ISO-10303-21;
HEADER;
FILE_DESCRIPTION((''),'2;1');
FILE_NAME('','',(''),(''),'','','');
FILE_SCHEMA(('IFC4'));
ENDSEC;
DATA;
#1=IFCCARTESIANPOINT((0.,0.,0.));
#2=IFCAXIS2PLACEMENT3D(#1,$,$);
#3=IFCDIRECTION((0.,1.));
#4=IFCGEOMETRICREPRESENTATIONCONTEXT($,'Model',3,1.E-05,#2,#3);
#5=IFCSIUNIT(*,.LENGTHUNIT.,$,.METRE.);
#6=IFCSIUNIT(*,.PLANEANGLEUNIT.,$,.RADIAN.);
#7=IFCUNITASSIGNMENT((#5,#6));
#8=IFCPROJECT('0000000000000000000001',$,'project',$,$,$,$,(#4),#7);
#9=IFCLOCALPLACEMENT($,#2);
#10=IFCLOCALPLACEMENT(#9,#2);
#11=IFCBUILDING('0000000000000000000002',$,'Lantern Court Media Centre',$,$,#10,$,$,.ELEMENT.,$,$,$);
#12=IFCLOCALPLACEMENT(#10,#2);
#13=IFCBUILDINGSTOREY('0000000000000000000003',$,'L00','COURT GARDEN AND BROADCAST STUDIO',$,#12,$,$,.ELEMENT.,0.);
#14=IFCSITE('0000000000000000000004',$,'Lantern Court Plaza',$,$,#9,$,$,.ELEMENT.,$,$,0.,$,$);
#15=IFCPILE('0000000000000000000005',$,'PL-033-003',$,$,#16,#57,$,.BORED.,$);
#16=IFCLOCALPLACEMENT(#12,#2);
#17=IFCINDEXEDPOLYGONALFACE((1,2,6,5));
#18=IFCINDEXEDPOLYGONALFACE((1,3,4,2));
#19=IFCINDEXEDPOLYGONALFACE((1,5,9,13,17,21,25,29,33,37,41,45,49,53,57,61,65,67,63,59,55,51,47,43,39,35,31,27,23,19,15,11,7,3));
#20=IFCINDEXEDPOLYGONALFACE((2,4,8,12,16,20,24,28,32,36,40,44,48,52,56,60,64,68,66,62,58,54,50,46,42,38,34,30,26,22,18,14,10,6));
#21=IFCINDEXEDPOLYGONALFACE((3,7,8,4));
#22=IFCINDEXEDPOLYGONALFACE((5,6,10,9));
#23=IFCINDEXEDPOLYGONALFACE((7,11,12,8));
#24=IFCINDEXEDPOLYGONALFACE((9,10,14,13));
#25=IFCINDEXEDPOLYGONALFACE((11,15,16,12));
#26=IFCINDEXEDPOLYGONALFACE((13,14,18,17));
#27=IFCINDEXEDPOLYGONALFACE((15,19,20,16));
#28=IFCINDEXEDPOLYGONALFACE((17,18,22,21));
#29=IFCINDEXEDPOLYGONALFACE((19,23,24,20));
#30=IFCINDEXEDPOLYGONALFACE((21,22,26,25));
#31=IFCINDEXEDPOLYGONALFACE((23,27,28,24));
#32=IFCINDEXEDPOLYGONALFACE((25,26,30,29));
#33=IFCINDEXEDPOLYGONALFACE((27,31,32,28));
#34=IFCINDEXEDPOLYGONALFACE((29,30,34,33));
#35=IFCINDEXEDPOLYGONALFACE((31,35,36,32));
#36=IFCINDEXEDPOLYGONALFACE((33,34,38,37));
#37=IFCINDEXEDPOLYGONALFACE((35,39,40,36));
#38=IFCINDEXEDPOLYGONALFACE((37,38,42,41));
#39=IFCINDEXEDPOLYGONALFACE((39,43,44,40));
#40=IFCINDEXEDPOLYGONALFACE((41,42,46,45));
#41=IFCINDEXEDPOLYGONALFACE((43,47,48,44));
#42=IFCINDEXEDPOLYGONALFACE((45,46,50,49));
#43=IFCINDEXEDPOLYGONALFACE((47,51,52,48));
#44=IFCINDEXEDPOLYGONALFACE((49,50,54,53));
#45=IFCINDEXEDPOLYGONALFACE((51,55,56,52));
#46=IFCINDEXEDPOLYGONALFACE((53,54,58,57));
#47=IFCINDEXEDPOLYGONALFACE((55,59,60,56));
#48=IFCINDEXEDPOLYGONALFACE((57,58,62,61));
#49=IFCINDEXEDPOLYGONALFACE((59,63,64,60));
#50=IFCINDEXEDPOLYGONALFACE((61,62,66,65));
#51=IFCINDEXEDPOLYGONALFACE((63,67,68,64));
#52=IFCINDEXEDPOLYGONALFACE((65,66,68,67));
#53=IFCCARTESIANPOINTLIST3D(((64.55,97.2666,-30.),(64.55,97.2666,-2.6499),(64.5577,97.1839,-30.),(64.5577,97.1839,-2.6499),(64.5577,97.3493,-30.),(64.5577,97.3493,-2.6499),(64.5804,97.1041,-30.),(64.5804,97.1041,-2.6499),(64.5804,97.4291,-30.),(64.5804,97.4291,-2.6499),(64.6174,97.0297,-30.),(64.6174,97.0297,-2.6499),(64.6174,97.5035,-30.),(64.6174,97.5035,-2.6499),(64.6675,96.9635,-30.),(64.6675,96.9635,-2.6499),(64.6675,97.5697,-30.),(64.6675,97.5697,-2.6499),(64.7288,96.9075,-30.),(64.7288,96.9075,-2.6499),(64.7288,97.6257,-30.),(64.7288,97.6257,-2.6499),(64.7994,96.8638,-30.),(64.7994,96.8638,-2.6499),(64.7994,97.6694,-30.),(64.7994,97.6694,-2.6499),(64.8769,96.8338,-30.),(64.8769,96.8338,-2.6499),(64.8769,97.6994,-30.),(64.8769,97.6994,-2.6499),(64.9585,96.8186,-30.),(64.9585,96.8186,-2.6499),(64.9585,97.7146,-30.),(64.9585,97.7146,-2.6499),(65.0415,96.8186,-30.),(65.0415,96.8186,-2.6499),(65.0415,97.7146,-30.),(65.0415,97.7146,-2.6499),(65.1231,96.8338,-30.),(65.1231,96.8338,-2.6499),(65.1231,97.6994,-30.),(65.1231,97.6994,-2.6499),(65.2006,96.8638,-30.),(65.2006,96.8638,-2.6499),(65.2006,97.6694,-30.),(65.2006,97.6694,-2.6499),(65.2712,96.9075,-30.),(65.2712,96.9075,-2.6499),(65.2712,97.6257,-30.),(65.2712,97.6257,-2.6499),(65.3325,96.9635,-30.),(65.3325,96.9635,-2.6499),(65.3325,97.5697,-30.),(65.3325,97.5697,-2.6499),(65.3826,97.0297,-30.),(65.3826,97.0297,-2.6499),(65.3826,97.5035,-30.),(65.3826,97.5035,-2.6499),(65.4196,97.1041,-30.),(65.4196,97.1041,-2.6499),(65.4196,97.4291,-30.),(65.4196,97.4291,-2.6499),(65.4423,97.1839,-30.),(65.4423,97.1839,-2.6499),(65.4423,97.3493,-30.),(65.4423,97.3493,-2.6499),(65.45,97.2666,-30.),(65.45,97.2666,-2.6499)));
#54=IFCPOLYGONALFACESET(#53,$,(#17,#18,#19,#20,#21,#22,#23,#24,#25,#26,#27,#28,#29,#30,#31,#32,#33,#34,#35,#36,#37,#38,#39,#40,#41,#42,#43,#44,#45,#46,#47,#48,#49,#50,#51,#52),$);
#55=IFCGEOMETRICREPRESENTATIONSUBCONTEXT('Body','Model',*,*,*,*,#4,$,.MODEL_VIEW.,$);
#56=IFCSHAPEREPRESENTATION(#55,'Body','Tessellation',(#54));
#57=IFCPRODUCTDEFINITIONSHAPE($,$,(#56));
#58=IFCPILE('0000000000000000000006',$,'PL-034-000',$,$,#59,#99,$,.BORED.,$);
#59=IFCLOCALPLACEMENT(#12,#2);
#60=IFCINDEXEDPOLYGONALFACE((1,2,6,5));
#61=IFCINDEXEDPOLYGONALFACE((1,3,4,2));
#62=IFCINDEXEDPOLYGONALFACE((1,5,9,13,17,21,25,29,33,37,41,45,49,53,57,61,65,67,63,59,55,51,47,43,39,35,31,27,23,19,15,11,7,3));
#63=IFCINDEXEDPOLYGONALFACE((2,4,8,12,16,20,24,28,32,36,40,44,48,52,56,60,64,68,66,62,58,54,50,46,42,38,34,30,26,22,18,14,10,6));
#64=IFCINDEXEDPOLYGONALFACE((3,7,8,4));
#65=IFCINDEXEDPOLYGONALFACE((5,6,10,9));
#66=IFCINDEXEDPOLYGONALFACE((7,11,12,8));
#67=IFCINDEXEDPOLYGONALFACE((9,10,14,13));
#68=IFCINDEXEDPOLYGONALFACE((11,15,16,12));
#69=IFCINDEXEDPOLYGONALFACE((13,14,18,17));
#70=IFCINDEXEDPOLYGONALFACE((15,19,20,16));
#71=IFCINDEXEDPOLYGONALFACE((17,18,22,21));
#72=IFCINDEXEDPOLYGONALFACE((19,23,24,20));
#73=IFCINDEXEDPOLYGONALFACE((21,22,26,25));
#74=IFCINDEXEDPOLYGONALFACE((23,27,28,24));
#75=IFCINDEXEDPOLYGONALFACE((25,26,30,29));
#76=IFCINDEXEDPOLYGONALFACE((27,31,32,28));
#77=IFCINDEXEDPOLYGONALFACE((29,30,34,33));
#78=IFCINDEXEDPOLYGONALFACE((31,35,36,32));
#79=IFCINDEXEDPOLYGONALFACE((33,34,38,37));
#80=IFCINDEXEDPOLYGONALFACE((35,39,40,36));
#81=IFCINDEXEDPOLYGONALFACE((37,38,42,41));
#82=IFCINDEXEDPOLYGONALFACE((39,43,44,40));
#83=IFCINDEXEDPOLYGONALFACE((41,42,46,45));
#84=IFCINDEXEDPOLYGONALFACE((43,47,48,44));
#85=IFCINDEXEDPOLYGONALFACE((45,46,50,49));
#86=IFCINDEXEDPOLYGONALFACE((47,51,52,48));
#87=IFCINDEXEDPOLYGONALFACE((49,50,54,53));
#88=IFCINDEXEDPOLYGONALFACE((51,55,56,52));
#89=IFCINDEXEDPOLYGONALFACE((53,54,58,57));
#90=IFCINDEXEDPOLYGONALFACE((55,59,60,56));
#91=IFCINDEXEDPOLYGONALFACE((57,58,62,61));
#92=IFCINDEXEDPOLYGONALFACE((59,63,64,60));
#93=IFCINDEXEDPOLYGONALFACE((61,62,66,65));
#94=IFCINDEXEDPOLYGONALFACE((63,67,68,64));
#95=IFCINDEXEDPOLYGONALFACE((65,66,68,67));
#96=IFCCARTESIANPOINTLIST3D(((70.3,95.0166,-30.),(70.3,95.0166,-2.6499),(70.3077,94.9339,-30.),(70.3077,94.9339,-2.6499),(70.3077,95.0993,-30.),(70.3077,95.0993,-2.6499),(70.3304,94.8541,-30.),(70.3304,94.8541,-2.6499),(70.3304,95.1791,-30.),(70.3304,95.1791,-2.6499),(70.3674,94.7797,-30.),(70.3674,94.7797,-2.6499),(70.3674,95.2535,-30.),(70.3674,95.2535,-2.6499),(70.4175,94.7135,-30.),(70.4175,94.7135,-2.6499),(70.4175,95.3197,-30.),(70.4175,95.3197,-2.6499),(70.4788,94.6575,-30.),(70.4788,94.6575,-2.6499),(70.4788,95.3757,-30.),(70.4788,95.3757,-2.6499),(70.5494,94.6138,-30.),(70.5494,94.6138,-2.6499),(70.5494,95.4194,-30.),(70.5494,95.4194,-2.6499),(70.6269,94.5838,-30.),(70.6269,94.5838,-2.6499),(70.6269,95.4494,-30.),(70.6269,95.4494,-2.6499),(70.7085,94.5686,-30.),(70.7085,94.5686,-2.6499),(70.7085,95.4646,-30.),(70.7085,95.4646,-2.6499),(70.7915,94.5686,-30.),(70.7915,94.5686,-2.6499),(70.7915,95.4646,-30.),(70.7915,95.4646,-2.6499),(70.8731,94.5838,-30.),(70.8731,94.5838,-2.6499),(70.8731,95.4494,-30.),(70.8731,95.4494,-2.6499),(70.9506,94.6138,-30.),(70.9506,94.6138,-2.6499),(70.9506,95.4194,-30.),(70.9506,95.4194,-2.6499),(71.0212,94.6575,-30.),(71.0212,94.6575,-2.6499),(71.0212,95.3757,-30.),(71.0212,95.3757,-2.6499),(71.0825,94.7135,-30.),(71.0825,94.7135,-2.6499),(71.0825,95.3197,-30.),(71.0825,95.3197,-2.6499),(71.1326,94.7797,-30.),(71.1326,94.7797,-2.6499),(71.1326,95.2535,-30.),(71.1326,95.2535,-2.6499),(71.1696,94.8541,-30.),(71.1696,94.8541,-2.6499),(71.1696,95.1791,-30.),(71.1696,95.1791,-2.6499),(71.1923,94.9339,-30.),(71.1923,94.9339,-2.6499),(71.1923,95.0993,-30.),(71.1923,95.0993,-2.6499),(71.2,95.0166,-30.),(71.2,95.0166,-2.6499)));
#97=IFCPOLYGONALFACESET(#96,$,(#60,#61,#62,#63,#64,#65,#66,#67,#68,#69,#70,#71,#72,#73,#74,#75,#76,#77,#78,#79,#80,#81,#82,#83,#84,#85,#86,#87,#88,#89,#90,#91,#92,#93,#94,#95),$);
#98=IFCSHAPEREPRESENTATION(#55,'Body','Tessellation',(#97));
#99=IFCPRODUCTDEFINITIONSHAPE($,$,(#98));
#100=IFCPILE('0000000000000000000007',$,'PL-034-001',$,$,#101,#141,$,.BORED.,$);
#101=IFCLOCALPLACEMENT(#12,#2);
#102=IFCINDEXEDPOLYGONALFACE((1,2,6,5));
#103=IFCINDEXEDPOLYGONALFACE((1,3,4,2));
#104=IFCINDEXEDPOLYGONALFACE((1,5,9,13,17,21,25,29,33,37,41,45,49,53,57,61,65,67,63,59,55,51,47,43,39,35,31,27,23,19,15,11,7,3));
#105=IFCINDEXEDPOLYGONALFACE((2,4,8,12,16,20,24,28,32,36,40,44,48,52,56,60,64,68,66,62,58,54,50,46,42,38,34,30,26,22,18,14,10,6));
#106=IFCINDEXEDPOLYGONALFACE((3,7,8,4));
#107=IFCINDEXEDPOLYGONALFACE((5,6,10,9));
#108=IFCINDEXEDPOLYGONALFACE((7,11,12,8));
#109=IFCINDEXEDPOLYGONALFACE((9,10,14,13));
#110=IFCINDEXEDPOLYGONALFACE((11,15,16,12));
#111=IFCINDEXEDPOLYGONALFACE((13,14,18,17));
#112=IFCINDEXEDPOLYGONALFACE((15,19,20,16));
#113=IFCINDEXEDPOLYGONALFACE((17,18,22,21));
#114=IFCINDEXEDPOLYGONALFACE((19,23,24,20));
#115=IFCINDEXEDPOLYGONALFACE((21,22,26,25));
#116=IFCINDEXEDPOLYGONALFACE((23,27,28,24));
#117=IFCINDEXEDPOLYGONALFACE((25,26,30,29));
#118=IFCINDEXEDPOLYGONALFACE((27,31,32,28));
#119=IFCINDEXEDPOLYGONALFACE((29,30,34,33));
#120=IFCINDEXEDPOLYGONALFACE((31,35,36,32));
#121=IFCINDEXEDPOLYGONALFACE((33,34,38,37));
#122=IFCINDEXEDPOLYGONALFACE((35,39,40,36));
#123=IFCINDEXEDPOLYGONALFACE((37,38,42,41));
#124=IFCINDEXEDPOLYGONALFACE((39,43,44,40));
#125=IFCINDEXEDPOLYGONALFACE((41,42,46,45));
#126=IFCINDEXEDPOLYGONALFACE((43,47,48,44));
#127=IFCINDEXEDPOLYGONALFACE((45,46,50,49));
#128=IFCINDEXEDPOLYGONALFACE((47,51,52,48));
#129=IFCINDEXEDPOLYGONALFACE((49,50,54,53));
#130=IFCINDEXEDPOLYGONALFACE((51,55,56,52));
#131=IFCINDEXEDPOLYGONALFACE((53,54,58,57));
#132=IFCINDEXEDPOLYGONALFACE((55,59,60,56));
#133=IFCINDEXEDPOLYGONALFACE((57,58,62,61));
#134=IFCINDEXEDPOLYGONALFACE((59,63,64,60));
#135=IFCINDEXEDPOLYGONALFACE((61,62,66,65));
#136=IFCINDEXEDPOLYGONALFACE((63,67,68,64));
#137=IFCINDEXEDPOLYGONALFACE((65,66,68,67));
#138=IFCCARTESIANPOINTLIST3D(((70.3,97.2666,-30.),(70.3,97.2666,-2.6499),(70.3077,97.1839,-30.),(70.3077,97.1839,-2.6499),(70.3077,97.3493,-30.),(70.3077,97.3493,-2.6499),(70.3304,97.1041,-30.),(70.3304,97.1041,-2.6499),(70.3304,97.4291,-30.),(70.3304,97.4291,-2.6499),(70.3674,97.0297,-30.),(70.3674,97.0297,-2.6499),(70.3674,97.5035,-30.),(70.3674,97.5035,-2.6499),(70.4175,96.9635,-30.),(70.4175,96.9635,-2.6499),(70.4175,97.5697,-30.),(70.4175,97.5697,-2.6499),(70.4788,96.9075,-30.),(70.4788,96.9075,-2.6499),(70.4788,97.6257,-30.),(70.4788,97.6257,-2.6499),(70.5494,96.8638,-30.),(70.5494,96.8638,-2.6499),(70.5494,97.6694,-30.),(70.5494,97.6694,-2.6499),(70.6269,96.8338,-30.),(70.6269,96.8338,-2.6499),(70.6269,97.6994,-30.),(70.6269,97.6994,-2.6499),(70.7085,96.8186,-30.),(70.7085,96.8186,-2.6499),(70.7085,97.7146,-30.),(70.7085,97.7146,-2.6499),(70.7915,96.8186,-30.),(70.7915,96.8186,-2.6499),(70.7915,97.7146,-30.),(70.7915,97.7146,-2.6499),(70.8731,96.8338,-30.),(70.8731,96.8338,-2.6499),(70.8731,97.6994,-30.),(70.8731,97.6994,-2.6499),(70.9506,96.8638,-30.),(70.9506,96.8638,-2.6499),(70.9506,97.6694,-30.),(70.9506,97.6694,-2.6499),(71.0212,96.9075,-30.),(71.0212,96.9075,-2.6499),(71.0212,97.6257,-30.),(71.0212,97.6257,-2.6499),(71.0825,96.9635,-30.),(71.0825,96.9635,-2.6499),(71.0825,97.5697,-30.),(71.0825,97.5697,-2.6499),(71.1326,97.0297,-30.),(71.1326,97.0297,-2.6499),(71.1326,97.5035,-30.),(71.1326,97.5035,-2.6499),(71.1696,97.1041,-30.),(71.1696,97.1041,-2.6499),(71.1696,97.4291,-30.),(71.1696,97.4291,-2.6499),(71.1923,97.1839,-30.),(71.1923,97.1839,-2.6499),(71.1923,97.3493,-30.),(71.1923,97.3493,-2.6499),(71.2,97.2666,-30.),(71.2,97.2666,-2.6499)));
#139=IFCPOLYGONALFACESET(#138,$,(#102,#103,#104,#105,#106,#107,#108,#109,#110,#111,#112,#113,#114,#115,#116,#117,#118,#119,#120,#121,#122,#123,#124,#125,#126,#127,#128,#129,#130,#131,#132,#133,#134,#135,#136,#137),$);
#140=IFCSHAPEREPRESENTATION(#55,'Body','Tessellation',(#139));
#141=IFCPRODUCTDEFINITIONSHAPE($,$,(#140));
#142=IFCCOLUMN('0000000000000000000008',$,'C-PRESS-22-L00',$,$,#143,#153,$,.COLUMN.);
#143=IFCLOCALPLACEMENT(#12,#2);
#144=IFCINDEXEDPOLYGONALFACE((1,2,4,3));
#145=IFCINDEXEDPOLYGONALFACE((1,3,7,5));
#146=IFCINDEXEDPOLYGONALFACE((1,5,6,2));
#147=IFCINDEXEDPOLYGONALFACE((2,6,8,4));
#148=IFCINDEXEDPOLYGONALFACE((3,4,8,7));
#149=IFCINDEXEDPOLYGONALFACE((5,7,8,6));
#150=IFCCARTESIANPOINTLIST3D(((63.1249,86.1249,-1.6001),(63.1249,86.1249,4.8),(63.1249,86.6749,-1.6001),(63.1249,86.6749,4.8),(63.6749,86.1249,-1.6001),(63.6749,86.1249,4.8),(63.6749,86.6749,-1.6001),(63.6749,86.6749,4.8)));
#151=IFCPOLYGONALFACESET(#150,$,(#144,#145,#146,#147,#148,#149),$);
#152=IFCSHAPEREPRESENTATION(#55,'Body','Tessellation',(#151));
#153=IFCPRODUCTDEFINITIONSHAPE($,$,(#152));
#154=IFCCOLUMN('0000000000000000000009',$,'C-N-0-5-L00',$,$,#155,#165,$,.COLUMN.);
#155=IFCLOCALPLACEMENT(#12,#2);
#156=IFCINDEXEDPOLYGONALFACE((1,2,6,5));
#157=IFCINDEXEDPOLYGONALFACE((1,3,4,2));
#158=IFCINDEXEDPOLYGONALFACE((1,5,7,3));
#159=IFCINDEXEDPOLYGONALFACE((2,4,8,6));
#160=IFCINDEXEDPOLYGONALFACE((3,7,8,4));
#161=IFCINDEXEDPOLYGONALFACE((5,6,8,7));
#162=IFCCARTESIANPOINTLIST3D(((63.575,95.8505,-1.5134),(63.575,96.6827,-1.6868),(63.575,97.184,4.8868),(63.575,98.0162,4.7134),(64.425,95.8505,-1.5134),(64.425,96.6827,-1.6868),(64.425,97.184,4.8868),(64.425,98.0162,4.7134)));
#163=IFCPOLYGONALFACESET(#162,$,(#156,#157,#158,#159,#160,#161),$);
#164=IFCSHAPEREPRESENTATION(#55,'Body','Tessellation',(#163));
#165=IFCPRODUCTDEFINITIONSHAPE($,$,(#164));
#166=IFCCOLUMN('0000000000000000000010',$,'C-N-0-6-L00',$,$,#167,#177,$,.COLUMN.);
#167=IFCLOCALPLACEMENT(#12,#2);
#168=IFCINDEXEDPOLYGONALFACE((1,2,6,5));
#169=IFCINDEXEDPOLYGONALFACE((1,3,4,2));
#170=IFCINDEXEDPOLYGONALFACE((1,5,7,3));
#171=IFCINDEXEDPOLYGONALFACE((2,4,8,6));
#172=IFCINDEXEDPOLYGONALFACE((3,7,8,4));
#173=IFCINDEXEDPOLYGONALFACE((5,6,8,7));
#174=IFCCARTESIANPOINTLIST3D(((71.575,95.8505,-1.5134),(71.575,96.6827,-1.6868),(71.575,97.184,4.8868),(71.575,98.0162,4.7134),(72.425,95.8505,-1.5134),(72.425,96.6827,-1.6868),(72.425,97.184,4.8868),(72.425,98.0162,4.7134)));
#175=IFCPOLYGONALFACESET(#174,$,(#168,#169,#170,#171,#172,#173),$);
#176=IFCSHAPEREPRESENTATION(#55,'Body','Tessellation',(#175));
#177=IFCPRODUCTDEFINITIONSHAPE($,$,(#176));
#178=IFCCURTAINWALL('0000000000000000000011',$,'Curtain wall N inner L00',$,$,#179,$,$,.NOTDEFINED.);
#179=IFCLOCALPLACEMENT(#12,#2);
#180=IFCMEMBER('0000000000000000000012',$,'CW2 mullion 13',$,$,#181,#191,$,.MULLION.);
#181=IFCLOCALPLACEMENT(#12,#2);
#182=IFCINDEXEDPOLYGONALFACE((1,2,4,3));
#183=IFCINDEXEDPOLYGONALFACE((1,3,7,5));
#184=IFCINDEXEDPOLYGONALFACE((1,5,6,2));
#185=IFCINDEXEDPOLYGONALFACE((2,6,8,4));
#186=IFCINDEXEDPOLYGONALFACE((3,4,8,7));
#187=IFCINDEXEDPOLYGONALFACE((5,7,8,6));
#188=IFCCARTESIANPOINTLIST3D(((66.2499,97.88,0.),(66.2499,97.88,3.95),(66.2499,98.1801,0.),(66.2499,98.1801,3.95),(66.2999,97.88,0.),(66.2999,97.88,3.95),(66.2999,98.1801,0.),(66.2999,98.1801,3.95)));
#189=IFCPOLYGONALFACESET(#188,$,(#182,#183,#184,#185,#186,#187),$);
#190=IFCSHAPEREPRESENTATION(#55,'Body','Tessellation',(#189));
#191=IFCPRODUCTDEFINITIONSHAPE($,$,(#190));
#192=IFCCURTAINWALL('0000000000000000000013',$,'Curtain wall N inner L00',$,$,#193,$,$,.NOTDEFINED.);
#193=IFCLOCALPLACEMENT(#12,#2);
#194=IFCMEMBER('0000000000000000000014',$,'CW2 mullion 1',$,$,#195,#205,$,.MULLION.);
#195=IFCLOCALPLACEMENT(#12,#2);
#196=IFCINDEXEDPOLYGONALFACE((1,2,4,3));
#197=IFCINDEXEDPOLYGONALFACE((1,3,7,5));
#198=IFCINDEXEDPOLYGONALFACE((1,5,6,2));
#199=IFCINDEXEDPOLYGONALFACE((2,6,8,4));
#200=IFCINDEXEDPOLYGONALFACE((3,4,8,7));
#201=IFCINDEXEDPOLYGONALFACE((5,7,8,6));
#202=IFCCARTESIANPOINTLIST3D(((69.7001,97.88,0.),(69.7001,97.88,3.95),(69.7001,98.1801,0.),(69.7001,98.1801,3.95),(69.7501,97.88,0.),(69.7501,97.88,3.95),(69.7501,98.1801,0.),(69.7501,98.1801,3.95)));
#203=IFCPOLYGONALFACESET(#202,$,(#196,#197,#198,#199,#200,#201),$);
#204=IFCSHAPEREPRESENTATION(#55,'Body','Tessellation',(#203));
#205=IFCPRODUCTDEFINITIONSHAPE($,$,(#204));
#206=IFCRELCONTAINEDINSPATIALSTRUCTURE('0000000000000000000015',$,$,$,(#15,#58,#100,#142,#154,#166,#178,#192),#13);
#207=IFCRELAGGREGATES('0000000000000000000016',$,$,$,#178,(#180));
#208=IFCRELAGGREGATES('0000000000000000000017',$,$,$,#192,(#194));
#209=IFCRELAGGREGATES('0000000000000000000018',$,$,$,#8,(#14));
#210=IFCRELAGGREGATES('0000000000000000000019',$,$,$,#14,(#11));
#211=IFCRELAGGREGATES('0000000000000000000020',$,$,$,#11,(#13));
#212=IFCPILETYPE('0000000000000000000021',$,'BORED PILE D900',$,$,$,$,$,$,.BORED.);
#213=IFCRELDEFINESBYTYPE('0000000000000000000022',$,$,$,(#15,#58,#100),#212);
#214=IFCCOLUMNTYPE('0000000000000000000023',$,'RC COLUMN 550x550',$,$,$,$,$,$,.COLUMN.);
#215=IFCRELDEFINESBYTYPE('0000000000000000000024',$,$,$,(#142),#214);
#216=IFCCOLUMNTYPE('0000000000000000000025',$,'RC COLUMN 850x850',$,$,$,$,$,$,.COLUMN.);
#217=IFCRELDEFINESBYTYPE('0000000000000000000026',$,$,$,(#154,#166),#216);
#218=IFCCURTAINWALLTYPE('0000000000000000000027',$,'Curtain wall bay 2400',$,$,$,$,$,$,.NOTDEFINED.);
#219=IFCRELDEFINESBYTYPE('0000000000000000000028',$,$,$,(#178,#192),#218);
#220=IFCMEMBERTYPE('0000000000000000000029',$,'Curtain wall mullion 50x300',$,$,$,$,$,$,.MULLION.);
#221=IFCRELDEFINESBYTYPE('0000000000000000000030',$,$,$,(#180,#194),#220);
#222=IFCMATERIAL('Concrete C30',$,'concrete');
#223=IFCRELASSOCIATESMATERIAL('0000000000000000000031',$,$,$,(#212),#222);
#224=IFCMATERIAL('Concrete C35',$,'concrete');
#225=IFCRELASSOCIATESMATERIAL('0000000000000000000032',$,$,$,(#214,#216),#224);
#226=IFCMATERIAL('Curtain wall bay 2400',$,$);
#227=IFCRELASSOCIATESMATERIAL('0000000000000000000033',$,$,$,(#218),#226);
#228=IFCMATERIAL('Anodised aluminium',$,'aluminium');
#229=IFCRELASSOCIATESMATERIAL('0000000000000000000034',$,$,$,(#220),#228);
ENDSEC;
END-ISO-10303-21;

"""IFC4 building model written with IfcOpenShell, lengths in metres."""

from ifc_helpers import new_model, si_unit, direction, frame, origin, origin_2d, place, context, subcontext, project, spatial, rectangle, circle, extrude, material, material_profile, profile_set, type_object, element, aggregate, save


model = new_model("IFC4")

# Units and contexts
model_context = context("Model", 3, precision=1e-05, world=origin(), true_north=direction((0.0, 1.0)))
body_context = subcontext(model_context, "Body", "Model", "MODEL_VIEW")
ifc_project = project(units=[si_unit("LENGTHUNIT", "METRE"), si_unit("PLANEANGLEUNIT", "RADIAN")], contexts=[model_context])

# Site, building, storey
site_placement = place(None, origin())
site = spatial("IfcSite", under=ifc_project, at=site_placement, Name="Lantern Court Plaza", CompositionType="ELEMENT", RefElevation=0.0)
building_placement = place(site_placement, origin())
building = spatial("IfcBuilding", under=site, at=building_placement, Name="Lantern Court Media Centre", CompositionType="ELEMENT")
storey_placement = place(building_placement, origin())
storey = spatial("IfcBuildingStorey", under=building, at=storey_placement, Name="L00", Description="COURT GARDEN AND BROADCAST STUDIO", CompositionType="ELEMENT", Elevation=0.0)

# Piles
ifc_material_1 = material(Name="Concrete C30", Category="concrete")
ifc_material_profile_1 = material_profile(ifc_material_1, circle(Radius=0.45, at=origin_2d()), Name="D900")
ifc_profile_set_1 = profile_set([ifc_material_profile_1], Name="Concrete C30")
pile_type_1 = type_object("IfcPileType", Name="BORED PILE D900", PredefinedType="BORED", material=ifc_profile_set_1)
for number, where, z_axis, x_axis, name in (
    (1, (65.0, 97.2666, -2.6499), (0.0, 0.0, -1.0), (1.0, 0.0, 0.0), "PL-033-003"),
    (2, (70.75, 95.0166, -2.6499), (0.0, 0.0, -1.0), (1.0, 0.0, 0.0), "PL-034-000"),
    (3, (70.75, 97.2666, -2.6499), (0.0, 0.0, -1.0), (1.0, 0.0, 0.0), "PL-034-001"),
):
    element("IfcPile", number, at=place(storey_placement, frame(where, z_axis=z_axis, x_axis=x_axis)), inside=storey, type_object=pile_type_1, Name=name, PredefinedType="BORED", context=body_context, shape_type="SweptSolid", body=[
        extrude(circle(Radius=0.45, at=origin_2d()), origin(), (0.0, 0.0, 1.0), 27.3501),
    ])

# Columns
ifc_material_2 = material(Name="Concrete C35", Category="concrete")
ifc_material_profile_2 = material_profile(ifc_material_2, rectangle(XDim=0.55, YDim=0.55, at=origin_2d()), Name="RC 550x550")
ifc_profile_set_2 = profile_set([ifc_material_profile_2], Name="Concrete C35")
column_type_1 = type_object("IfcColumnType", Name="RC COLUMN 550x550", PredefinedType="COLUMN", material=ifc_profile_set_2)
column_placement = place(storey_placement, frame((63.3999, 86.3999, -1.6001), z_axis=(0.0, 0.0, 1.0), x_axis=(1.0, 0.0, 0.0)))
element("IfcColumn", 4, at=column_placement, inside=storey, type_object=column_type_1, Name="C-PRESS-22-L00", PredefinedType="COLUMN", context=body_context, shape_type="SweptSolid", body=[
    extrude(rectangle(XDim=0.55, YDim=0.55, at=origin_2d()), origin(), (0.0, 0.0, 1.0), 6.4001),
])
ifc_material_profile_3 = material_profile(ifc_material_2, rectangle(XDim=0.8501, YDim=0.8501, at=origin_2d()), Name="RC 850x850")
ifc_profile_set_3 = profile_set([ifc_material_profile_3], Name="Concrete C35")
column_type_2 = type_object("IfcColumnType", Name="RC COLUMN 850x850", PredefinedType="COLUMN", material=ifc_profile_set_3)
for number, where, z_axis, x_axis, name in (
    (5, (64.0, 96.2666, -1.6001), (0.0, 0.203974, 0.978976), (-1.0, 0.0, 0.0), "C-N-0-5-L00"),
    (6, (72.0, 96.2666, -1.6001), (0.0, 0.203974, 0.978976), (-1.0, 0.0, 0.0), "C-N-0-6-L00"),
):
    element("IfcColumn", number, at=place(storey_placement, frame(where, z_axis=z_axis, x_axis=x_axis)), inside=storey, type_object=column_type_2, Name=name, PredefinedType="COLUMN", context=body_context, shape_type="SweptSolid", body=[
        extrude(rectangle(XDim=0.8501, YDim=0.8501, at=origin_2d()), origin(), (0.0, 0.0, 1.0), 6.5376),
    ])

# Curtain walls, members
ifc_material_3 = material(Name="Curtain wall bay 2400")
curtain_wall_type_1 = type_object("IfcCurtainWallType", Name="Curtain wall bay 2400", PredefinedType="NOTDEFINED", material=ifc_material_3)
curtain_wall_1_placement = place(storey_placement, origin())
curtain_wall_1 = element("IfcCurtainWall", 7, at=curtain_wall_1_placement, inside=storey, type_object=curtain_wall_type_1, Name="Curtain wall N inner L00", PredefinedType="NOTDEFINED")
ifc_material_4 = material(Name="Anodised aluminium", Category="aluminium")
ifc_material_profile_4 = material_profile(ifc_material_4, rectangle(XDim=0.3, YDim=0.05, at=origin_2d()), Name="AL 50x300")
ifc_profile_set_4 = profile_set([ifc_material_profile_4], Name="Anodised aluminium")
member_type_1 = type_object("IfcMemberType", Name="Curtain wall mullion 50x300", PredefinedType="MULLION", material=ifc_profile_set_4)
member_1_placement = place(storey_placement, frame((66.2749, 98.03, 0.0), z_axis=(0.0, 0.0, 1.0), x_axis=(0.0, 1.0, 0.0)))
member_1 = element("IfcMember", 8, at=member_1_placement, type_object=member_type_1, Name="CW2 mullion 13", PredefinedType="MULLION", context=body_context, shape_type="SweptSolid", body=[
    extrude(rectangle(XDim=0.3, YDim=0.05, at=origin_2d()), origin(), (0.0, 0.0, 1.0), 3.95),
])
aggregate(curtain_wall_1, [member_1])
curtain_wall_2_placement = place(storey_placement, origin())
curtain_wall_2 = element("IfcCurtainWall", 9, at=curtain_wall_2_placement, inside=storey, type_object=curtain_wall_type_1, Name="Curtain wall N inner L00", PredefinedType="NOTDEFINED")
member_2_placement = place(storey_placement, frame((69.7251, 98.03, 0.0), z_axis=(0.0, 0.0, 1.0), x_axis=(0.0, 1.0, 0.0)))
member_2 = element("IfcMember", 10, at=member_2_placement, type_object=member_type_1, Name="CW2 mullion 1", PredefinedType="MULLION", context=body_context, shape_type="SweptSolid", body=[
    extrude(rectangle(XDim=0.3, YDim=0.05, at=origin_2d()), origin(), (0.0, 0.0, 1.0), 3.95),
])
aggregate(curtain_wall_2, [member_2])

save(model, "model.ifc")
